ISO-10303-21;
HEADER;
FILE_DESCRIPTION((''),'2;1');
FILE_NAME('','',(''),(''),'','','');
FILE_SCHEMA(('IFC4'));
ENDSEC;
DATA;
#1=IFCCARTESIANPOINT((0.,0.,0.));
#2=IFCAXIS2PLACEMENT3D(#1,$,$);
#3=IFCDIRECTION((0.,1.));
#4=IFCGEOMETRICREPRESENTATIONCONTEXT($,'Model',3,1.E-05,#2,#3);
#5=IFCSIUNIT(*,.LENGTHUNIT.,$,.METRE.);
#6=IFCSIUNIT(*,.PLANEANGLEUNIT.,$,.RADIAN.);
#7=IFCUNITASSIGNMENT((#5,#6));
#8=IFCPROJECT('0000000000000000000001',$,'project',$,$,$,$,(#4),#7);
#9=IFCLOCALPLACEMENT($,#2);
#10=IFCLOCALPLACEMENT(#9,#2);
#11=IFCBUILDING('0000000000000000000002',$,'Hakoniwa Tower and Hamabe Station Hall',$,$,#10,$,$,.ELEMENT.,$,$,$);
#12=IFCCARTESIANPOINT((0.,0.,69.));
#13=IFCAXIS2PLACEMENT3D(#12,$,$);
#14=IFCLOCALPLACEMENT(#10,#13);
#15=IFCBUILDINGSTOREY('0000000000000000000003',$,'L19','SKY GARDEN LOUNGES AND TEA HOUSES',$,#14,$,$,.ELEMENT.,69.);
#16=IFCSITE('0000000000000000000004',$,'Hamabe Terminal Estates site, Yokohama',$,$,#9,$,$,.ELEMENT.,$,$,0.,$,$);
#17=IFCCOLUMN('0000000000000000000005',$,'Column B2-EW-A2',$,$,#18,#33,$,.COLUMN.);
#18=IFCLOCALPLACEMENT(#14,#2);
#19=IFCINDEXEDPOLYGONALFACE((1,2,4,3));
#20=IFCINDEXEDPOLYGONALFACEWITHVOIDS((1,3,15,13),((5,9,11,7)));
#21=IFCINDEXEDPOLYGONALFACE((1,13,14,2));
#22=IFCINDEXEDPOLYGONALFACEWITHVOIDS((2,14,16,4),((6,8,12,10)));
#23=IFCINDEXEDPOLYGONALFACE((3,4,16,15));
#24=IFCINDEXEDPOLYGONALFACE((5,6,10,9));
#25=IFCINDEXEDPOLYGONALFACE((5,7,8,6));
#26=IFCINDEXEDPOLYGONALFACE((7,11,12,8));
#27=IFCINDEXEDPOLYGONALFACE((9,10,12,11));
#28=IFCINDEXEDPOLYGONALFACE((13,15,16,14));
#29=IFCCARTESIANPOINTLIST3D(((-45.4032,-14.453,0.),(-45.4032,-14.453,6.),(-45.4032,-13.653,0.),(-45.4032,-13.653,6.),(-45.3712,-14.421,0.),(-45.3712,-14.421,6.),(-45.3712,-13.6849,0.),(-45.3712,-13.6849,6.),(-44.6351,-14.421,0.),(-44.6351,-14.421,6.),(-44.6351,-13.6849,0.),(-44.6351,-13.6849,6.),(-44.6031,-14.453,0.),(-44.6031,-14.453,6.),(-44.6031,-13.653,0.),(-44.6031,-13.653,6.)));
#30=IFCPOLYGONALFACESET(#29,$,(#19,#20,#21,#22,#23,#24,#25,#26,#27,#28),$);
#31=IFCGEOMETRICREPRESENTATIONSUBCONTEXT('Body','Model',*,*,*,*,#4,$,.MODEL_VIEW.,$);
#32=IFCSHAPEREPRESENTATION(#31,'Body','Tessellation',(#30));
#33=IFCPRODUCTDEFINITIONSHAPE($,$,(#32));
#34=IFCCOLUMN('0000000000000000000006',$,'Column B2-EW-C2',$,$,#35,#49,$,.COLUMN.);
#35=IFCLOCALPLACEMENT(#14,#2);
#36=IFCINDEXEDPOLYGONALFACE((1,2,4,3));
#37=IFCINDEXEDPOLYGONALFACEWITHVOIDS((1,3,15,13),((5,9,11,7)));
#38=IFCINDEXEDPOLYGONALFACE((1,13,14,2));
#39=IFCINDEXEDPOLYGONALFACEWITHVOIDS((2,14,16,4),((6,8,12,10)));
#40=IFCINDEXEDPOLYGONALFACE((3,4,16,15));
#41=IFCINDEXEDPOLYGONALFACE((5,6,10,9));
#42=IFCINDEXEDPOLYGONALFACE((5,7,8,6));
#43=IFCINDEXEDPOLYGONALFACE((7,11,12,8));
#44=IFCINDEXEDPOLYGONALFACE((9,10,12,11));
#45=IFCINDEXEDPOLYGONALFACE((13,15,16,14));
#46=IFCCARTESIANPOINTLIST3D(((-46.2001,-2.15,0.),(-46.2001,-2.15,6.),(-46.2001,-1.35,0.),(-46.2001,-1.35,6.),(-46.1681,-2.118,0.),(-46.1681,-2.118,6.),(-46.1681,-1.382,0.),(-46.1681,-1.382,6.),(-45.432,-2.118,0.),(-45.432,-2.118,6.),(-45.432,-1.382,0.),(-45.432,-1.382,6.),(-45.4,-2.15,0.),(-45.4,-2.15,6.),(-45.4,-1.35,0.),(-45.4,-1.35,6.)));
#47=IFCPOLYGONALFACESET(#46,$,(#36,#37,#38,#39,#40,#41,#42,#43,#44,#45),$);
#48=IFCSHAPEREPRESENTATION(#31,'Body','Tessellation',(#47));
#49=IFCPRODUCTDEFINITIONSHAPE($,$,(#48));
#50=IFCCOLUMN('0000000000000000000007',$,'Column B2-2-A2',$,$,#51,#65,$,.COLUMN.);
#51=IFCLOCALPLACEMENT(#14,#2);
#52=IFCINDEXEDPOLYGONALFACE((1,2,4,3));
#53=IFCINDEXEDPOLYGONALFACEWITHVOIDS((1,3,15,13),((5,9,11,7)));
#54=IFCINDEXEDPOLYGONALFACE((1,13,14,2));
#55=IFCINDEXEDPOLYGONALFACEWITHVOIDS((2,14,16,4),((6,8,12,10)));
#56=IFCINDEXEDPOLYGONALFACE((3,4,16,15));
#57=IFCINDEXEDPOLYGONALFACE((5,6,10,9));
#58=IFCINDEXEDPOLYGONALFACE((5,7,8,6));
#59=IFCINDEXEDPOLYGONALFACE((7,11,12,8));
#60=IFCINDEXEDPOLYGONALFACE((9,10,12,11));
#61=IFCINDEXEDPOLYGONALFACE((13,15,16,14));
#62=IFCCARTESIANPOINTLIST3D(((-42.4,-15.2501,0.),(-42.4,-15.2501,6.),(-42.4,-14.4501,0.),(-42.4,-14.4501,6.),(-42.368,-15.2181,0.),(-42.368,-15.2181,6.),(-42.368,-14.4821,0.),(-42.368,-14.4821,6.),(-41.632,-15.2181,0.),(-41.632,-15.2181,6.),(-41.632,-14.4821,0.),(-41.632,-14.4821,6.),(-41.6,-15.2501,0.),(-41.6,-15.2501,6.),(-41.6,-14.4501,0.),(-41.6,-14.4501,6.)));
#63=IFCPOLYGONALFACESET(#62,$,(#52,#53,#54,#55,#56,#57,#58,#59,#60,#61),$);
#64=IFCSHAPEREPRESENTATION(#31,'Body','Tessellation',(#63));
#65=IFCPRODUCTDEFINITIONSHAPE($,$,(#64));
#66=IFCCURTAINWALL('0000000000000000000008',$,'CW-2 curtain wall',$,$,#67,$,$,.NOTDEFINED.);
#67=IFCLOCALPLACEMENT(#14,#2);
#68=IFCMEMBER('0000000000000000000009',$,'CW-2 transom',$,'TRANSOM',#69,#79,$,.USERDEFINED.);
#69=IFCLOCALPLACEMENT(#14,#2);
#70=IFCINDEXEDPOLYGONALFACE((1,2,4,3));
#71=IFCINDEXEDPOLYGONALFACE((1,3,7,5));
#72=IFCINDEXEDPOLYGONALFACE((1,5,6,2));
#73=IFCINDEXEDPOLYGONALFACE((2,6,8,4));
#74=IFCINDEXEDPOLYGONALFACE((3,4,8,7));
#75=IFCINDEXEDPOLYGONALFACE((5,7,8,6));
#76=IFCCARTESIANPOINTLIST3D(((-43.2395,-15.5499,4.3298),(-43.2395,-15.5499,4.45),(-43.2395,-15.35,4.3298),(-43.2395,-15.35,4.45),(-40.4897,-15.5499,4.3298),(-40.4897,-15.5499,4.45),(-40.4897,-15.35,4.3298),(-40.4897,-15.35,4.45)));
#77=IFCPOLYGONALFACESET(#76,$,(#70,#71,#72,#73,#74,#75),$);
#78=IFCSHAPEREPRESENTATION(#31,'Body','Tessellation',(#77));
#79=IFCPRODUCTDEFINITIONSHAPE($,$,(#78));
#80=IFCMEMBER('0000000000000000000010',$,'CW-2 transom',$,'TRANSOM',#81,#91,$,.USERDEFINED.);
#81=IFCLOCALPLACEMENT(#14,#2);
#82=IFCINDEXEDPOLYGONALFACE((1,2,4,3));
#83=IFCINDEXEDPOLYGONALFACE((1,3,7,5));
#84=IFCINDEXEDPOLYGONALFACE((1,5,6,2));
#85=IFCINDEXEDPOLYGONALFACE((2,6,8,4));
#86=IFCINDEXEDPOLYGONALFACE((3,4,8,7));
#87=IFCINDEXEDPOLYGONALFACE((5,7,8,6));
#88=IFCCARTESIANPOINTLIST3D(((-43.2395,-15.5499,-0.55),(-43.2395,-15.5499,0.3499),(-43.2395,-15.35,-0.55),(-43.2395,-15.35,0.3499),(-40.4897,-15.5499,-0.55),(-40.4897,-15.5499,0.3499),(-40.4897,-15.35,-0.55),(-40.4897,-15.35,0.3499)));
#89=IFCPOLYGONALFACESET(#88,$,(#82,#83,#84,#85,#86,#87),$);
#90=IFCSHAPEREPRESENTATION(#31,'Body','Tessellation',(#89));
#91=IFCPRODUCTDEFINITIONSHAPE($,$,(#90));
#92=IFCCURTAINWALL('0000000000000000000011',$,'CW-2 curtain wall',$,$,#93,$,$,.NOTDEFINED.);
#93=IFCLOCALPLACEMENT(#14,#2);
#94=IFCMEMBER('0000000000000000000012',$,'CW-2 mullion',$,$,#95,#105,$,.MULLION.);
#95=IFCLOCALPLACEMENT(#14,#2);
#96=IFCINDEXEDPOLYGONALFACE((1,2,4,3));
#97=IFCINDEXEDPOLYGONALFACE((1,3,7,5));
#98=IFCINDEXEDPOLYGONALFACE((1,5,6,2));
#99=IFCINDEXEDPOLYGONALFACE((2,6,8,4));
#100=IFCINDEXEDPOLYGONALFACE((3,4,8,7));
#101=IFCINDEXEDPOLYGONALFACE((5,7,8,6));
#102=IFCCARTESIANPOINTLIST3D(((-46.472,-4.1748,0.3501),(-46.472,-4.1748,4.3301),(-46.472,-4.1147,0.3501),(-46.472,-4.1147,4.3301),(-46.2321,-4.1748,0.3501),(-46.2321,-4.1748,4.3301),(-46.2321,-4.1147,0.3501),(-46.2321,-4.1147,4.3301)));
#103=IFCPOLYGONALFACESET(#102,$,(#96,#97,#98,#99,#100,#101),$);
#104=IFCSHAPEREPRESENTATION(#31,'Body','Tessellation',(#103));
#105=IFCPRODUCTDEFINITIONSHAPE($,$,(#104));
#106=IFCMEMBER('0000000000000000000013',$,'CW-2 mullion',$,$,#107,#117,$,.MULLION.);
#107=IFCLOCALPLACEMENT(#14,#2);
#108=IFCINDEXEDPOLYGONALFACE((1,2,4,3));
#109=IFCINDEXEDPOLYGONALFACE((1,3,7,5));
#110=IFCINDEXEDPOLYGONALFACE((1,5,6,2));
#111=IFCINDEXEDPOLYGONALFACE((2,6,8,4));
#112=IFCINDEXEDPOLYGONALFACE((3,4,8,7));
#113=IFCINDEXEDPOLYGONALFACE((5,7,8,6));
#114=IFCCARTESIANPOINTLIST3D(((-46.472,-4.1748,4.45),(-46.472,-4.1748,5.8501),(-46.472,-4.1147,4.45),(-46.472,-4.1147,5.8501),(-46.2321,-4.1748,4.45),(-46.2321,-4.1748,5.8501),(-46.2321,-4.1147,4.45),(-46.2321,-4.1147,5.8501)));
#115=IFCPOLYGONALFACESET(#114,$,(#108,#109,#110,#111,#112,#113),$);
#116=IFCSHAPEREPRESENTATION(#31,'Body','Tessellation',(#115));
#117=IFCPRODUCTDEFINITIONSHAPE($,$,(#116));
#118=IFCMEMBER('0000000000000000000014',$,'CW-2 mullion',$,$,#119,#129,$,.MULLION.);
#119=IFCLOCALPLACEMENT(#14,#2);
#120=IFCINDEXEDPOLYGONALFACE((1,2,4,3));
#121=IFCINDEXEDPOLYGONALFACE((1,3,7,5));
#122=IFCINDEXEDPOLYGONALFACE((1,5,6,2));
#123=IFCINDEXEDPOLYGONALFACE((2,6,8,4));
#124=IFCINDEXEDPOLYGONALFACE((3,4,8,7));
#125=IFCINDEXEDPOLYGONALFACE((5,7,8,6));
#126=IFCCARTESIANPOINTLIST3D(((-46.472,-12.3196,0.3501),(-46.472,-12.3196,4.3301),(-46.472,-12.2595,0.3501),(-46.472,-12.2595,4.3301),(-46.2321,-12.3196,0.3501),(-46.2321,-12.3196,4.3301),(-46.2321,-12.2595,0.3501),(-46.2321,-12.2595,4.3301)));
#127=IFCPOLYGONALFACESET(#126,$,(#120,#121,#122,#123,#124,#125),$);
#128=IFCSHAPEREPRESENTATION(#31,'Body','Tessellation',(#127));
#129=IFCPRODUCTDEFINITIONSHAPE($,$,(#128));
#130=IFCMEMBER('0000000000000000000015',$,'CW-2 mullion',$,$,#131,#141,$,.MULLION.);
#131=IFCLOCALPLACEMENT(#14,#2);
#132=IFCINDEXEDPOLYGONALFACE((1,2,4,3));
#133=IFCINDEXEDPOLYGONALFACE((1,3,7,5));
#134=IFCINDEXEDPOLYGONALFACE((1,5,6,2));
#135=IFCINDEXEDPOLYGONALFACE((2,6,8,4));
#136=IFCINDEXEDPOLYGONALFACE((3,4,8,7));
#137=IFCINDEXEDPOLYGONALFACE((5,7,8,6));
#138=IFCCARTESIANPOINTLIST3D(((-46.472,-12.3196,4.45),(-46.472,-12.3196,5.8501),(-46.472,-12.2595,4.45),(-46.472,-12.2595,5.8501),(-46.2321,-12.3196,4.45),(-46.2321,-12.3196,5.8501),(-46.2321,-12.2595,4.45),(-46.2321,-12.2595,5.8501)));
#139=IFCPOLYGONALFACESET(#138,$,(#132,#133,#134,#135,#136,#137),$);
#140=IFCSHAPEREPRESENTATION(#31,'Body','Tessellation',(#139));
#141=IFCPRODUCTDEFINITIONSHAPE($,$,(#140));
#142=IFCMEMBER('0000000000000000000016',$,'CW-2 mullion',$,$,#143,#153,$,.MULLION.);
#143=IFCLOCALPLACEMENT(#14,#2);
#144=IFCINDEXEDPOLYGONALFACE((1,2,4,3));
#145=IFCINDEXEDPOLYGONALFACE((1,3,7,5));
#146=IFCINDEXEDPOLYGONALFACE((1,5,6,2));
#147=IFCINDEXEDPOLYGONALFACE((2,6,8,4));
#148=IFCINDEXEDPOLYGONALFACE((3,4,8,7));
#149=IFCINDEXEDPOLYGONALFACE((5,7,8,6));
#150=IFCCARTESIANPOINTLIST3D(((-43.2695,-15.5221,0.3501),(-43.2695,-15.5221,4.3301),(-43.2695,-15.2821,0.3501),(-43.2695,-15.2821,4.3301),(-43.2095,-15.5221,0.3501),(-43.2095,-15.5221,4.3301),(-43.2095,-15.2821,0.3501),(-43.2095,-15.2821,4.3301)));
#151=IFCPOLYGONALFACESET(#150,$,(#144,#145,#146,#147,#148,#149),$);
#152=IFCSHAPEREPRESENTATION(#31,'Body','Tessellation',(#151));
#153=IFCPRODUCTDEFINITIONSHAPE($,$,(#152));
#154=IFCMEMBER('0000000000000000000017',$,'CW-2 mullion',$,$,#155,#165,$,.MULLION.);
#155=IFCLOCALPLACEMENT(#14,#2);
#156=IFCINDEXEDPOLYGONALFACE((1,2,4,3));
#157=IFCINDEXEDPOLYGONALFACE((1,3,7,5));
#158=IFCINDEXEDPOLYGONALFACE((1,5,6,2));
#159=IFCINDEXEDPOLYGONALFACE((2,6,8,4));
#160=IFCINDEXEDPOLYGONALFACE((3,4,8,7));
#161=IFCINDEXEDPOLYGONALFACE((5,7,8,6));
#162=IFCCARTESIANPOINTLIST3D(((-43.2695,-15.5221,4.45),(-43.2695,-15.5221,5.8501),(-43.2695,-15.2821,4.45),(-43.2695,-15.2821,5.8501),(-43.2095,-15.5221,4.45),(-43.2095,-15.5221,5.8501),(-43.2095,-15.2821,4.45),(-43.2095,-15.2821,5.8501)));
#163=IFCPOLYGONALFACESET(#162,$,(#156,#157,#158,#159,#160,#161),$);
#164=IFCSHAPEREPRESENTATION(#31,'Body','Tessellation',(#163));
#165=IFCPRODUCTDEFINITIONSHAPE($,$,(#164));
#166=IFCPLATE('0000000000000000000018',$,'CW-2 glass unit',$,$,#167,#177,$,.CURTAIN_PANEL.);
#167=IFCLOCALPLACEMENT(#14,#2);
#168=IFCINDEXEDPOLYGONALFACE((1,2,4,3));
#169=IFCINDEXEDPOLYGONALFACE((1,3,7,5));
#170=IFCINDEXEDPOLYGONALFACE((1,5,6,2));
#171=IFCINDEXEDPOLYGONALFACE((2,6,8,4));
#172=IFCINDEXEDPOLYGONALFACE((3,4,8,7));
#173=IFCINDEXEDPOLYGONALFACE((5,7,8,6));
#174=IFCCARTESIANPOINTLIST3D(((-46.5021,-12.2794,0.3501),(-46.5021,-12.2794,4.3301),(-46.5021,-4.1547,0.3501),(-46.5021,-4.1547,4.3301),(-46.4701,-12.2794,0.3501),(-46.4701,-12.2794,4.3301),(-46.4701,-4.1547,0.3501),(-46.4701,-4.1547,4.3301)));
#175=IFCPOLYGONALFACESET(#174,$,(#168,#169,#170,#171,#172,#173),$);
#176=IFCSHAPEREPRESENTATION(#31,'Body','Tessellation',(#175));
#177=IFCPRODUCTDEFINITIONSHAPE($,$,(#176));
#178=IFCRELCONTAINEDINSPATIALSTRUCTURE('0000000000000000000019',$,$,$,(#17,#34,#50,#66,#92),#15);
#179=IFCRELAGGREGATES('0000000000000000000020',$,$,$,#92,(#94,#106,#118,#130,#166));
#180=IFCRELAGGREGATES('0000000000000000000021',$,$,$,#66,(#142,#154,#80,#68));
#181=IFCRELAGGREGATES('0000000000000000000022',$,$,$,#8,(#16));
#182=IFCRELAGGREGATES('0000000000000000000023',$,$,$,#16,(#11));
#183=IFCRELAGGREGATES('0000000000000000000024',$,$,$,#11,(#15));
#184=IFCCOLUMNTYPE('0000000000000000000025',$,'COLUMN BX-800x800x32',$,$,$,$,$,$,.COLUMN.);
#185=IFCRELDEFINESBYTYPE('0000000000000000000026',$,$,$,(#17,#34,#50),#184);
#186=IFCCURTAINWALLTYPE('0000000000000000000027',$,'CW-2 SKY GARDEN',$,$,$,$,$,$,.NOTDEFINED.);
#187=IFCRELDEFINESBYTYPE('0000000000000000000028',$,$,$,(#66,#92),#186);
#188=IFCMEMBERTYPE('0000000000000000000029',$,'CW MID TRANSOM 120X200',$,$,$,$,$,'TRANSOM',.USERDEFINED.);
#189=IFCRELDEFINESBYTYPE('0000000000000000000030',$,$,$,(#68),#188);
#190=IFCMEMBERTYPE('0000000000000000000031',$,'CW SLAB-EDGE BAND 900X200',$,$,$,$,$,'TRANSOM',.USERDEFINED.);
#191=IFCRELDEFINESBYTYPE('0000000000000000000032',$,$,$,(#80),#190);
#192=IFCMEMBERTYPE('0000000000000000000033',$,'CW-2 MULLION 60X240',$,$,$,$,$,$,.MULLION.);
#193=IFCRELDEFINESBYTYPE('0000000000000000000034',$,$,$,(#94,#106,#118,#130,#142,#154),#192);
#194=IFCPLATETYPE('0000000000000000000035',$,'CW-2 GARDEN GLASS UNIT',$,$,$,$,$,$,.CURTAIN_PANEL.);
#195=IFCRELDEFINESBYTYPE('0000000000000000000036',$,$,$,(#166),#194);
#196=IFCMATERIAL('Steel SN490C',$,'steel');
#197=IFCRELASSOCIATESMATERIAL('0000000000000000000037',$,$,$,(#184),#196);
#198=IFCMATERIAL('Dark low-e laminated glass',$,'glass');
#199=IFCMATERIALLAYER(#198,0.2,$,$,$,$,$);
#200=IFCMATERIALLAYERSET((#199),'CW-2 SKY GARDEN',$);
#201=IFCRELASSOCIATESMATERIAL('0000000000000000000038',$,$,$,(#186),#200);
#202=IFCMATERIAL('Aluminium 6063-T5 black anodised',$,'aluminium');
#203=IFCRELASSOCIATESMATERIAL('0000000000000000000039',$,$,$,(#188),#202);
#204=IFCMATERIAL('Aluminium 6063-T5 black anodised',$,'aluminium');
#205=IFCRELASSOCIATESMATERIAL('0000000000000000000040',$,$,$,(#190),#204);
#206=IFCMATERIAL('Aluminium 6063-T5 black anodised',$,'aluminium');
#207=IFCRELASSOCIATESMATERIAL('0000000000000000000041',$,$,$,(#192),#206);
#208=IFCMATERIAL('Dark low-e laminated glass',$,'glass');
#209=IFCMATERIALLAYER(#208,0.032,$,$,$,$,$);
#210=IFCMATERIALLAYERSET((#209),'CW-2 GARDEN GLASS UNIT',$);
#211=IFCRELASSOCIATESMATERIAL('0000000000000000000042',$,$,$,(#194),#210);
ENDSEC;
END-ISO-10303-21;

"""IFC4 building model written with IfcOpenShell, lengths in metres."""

from ifc_helpers import new_model, si_unit, direction, frame, origin, origin_2d, place, context, subcontext, project, spatial, rectangle, hollow_rectangle, extrude, material, layer, layer_set, material_profile, profile_set, type_object, element, aggregate, save


model = new_model("IFC4")

# Units and contexts
model_context = context("Model", 3, precision=1e-05, world=origin(), true_north=direction((0.0, 1.0)))
body_context = subcontext(model_context, "Body", "Model", "MODEL_VIEW")
ifc_project = project(units=[si_unit("LENGTHUNIT", "METRE"), si_unit("PLANEANGLEUNIT", "RADIAN")], contexts=[model_context])

# Site, building, storey
site_placement = place(None, origin())
site = spatial("IfcSite", under=ifc_project, at=site_placement, Name="Hamabe Terminal Estates site, Yokohama", CompositionType="ELEMENT", RefElevation=0.0)
building_placement = place(site_placement, origin())
building = spatial("IfcBuilding", under=site, at=building_placement, Name="Hakoniwa Tower and Hamabe Station Hall", CompositionType="ELEMENT")
storey_placement = place(building_placement, frame((0.0, 0.0, 69.0)))
storey = spatial("IfcBuildingStorey", under=building, at=storey_placement, Name="L19", Description="SKY GARDEN LOUNGES AND TEA HOUSES", CompositionType="ELEMENT", Elevation=69.0)

# Columns
ifc_material_1 = material(Name="Steel SN490C", Category="steel")
ifc_material_profile_1 = material_profile(ifc_material_1, hollow_rectangle(XDim=0.8, YDim=0.8, WallThickness=0.032, at=origin_2d()), Name="BX-800x800x32")
ifc_profile_set_1 = profile_set([ifc_material_profile_1], Name="Steel SN490C")
column_type = type_object("IfcColumnType", Name="COLUMN BX-800x800x32", PredefinedType="COLUMN", material=ifc_profile_set_1)
for number, where, z_axis, x_axis, name in (
    (1, (-45.0032, -14.053, 0.0), (0.0, 0.0, 1.0), (1.0, 0.0, 0.0), "Column B2-EW-A2"),
    (2, (-45.8, -1.75, 0.0), (0.0, 0.0, 1.0), (1.0, 0.0, 0.0), "Column B2-EW-C2"),
    (3, (-42.0, -14.8501, 0.0), (0.0, 0.0, 1.0), (1.0, 0.0, 0.0), "Column B2-2-A2"),
):
    element("IfcColumn", number, at=place(storey_placement, frame(where, z_axis=z_axis, x_axis=x_axis)), inside=storey, type_object=column_type, Name=name, PredefinedType="COLUMN", context=body_context, shape_type="SweptSolid", body=[
        extrude(hollow_rectangle(XDim=0.8, YDim=0.8, WallThickness=0.032, at=origin_2d()), origin(), (0.0, 0.0, 1.0), 6.0),
    ])

# Curtain walls, members
ifc_material_2 = material(Name="Dark low-e laminated glass", Category="glass")
ifc_layer_1 = layer(ifc_material_2, 0.2)
ifc_layer_set_1 = layer_set([ifc_layer_1], Name="CW-2 SKY GARDEN")
curtain_wall_type = type_object("IfcCurtainWallType", Name="CW-2 SKY GARDEN", PredefinedType="NOTDEFINED", material=ifc_layer_set_1)
curtain_wall_1_placement = place(storey_placement, origin())
curtain_wall_1 = element("IfcCurtainWall", 4, at=curtain_wall_1_placement, inside=storey, type_object=curtain_wall_type, Name="CW-2 curtain wall", PredefinedType="NOTDEFINED")
ifc_material_3 = material(Name="Aluminium 6063-T5 black anodised", Category="aluminium")
ifc_material_profile_2 = material_profile(ifc_material_3, rectangle(XDim=0.2, YDim=0.1201, at=origin_2d()), Name="CW MID TRANSOM 120X200")
ifc_profile_set_2 = profile_set([ifc_material_profile_2], Name="Aluminium 6063-T5 black anodised")
member_type_1 = type_object("IfcMemberType", Name="CW MID TRANSOM 120X200", ElementType="TRANSOM", PredefinedType="USERDEFINED", material=ifc_profile_set_2)
member_1_placement = place(storey_placement, frame((-43.2395, -15.45, 4.3899), z_axis=(1.0, 0.0, 0.0), x_axis=(0.0, 1.0, 0.0)))
member_1 = element("IfcMember", 5, at=member_1_placement, type_object=member_type_1, Name="CW-2 transom", ObjectType="TRANSOM", PredefinedType="USERDEFINED", context=body_context, shape_type="SweptSolid", body=[
    extrude(rectangle(XDim=0.2, YDim=0.1201, at=origin_2d()), origin(), (0.0, 0.0, 1.0), 2.7498),
])
ifc_material_4 = material(Name="Aluminium 6063-T5 black anodised", Category="aluminium")
ifc_material_profile_3 = material_profile(ifc_material_4, rectangle(XDim=0.2, YDim=0.8999, at=origin_2d()), Name="CW SLAB-EDGE BAND 900X200")
ifc_profile_set_3 = profile_set([ifc_material_profile_3], Name="Aluminium 6063-T5 black anodised")
member_type_2 = type_object("IfcMemberType", Name="CW SLAB-EDGE BAND 900X200", ElementType="TRANSOM", PredefinedType="USERDEFINED", material=ifc_profile_set_3)
member_2_placement = place(storey_placement, frame((-43.2395, -15.45, -0.1001), z_axis=(1.0, 0.0, 0.0), x_axis=(0.0, 1.0, 0.0)))
member_2 = element("IfcMember", 6, at=member_2_placement, type_object=member_type_2, Name="CW-2 transom", ObjectType="TRANSOM", PredefinedType="USERDEFINED", context=body_context, shape_type="SweptSolid", body=[
    extrude(rectangle(XDim=0.2, YDim=0.8999, at=origin_2d()), origin(), (0.0, 0.0, 1.0), 2.7498),
])
curtain_wall_2_placement = place(storey_placement, origin())
curtain_wall_2 = element("IfcCurtainWall", 7, at=curtain_wall_2_placement, inside=storey, type_object=curtain_wall_type, Name="CW-2 curtain wall", PredefinedType="NOTDEFINED")
ifc_material_5 = material(Name="Aluminium 6063-T5 black anodised", Category="aluminium")
ifc_material_profile_4 = material_profile(ifc_material_5, rectangle(XDim=0.0601, YDim=0.24, at=origin_2d()), Name="CW-2 MULLION 60X240")
ifc_profile_set_4 = profile_set([ifc_material_profile_4], Name="Aluminium 6063-T5 black anodised")
member_type_3 = type_object("IfcMemberType", Name="CW-2 MULLION 60X240", PredefinedType="MULLION", material=ifc_profile_set_4)
member_3_placement = place(storey_placement, frame((-46.3521, -4.1448, 0.3501), z_axis=(0.0, 0.0, 1.0), x_axis=(0.0, -1.0, 0.0)))
member_3 = element("IfcMember", 8, at=member_3_placement, type_object=member_type_3, Name="CW-2 mullion", PredefinedType="MULLION", context=body_context, shape_type="SweptSolid", body=[
    extrude(rectangle(XDim=0.0601, YDim=0.24, at=origin_2d()), origin(), (0.0, 0.0, 1.0), 3.98),
])
member_4_placement = place(storey_placement, frame((-46.3521, -4.1448, 4.45), z_axis=(0.0, 0.0, 1.0), x_axis=(0.0, -1.0, 0.0)))
member_4 = element("IfcMember", 9, at=member_4_placement, type_object=member_type_3, Name="CW-2 mullion", PredefinedType="MULLION", context=body_context, shape_type="SweptSolid", body=[
    extrude(rectangle(XDim=0.0601, YDim=0.24, at=origin_2d()), origin(), (0.0, 0.0, 1.0), 1.4001),
])
member_5_placement = place(storey_placement, frame((-46.3521, -12.2896, 0.3501), z_axis=(0.0, 0.0, 1.0), x_axis=(0.0, -1.0, 0.0)))
member_5 = element("IfcMember", 10, at=member_5_placement, type_object=member_type_3, Name="CW-2 mullion", PredefinedType="MULLION", context=body_context, shape_type="SweptSolid", body=[
    extrude(rectangle(XDim=0.0601, YDim=0.24, at=origin_2d()), origin(), (0.0, 0.0, 1.0), 3.98),
])
member_6_placement = place(storey_placement, frame((-46.3521, -12.2896, 4.45), z_axis=(0.0, 0.0, 1.0), x_axis=(0.0, -1.0, 0.0)))
member_6 = element("IfcMember", 11, at=member_6_placement, type_object=member_type_3, Name="CW-2 mullion", PredefinedType="MULLION", context=body_context, shape_type="SweptSolid", body=[
    extrude(rectangle(XDim=0.0601, YDim=0.24, at=origin_2d()), origin(), (0.0, 0.0, 1.0), 1.4001),
])

# Members
member_7_placement = place(storey_placement, frame((-43.2395, -15.4021, 0.3501), z_axis=(0.0, 0.0, 1.0), x_axis=(1.0, 0.0, 0.0)))
member_7 = element("IfcMember", 12, at=member_7_placement, type_object=member_type_3, Name="CW-2 mullion", PredefinedType="MULLION", context=body_context, shape_type="SweptSolid", body=[
    extrude(rectangle(XDim=0.0601, YDim=0.24, at=origin_2d()), origin(), (0.0, 0.0, 1.0), 3.98),
])
member_8_placement = place(storey_placement, frame((-43.2395, -15.4021, 4.45), z_axis=(0.0, 0.0, 1.0), x_axis=(1.0, 0.0, 0.0)))
member_8 = element("IfcMember", 13, at=member_8_placement, type_object=member_type_3, Name="CW-2 mullion", PredefinedType="MULLION", context=body_context, shape_type="SweptSolid", body=[
    extrude(rectangle(XDim=0.0601, YDim=0.24, at=origin_2d()), origin(), (0.0, 0.0, 1.0), 1.4001),
])

# Plate
ifc_material_6 = material(Name="Dark low-e laminated glass", Category="glass")
ifc_layer_2 = layer(ifc_material_6, 0.032)
ifc_layer_set_2 = layer_set([ifc_layer_2], Name="CW-2 GARDEN GLASS UNIT")
plate_type = type_object("IfcPlateType", Name="CW-2 GARDEN GLASS UNIT", PredefinedType="CURTAIN_PANEL", material=ifc_layer_set_2)
plate_placement = place(storey_placement, frame((-46.4861, -8.217, 0.3501), z_axis=(0.0, 0.0, 1.0), x_axis=(0.0, -1.0, 0.0)))
plate = element("IfcPlate", 14, at=plate_placement, type_object=plate_type, Name="CW-2 glass unit", PredefinedType="CURTAIN_PANEL", context=body_context, shape_type="SweptSolid", body=[
    extrude(rectangle(XDim=8.1248, YDim=0.032, at=origin_2d()), origin(), (0.0, 0.0, 1.0), 3.98),
])

aggregate(curtain_wall_2, [member_3, member_4, member_5, member_6, plate])

aggregate(curtain_wall_1, [member_7, member_8, member_2, member_1])

save(model, "model.ifc")
